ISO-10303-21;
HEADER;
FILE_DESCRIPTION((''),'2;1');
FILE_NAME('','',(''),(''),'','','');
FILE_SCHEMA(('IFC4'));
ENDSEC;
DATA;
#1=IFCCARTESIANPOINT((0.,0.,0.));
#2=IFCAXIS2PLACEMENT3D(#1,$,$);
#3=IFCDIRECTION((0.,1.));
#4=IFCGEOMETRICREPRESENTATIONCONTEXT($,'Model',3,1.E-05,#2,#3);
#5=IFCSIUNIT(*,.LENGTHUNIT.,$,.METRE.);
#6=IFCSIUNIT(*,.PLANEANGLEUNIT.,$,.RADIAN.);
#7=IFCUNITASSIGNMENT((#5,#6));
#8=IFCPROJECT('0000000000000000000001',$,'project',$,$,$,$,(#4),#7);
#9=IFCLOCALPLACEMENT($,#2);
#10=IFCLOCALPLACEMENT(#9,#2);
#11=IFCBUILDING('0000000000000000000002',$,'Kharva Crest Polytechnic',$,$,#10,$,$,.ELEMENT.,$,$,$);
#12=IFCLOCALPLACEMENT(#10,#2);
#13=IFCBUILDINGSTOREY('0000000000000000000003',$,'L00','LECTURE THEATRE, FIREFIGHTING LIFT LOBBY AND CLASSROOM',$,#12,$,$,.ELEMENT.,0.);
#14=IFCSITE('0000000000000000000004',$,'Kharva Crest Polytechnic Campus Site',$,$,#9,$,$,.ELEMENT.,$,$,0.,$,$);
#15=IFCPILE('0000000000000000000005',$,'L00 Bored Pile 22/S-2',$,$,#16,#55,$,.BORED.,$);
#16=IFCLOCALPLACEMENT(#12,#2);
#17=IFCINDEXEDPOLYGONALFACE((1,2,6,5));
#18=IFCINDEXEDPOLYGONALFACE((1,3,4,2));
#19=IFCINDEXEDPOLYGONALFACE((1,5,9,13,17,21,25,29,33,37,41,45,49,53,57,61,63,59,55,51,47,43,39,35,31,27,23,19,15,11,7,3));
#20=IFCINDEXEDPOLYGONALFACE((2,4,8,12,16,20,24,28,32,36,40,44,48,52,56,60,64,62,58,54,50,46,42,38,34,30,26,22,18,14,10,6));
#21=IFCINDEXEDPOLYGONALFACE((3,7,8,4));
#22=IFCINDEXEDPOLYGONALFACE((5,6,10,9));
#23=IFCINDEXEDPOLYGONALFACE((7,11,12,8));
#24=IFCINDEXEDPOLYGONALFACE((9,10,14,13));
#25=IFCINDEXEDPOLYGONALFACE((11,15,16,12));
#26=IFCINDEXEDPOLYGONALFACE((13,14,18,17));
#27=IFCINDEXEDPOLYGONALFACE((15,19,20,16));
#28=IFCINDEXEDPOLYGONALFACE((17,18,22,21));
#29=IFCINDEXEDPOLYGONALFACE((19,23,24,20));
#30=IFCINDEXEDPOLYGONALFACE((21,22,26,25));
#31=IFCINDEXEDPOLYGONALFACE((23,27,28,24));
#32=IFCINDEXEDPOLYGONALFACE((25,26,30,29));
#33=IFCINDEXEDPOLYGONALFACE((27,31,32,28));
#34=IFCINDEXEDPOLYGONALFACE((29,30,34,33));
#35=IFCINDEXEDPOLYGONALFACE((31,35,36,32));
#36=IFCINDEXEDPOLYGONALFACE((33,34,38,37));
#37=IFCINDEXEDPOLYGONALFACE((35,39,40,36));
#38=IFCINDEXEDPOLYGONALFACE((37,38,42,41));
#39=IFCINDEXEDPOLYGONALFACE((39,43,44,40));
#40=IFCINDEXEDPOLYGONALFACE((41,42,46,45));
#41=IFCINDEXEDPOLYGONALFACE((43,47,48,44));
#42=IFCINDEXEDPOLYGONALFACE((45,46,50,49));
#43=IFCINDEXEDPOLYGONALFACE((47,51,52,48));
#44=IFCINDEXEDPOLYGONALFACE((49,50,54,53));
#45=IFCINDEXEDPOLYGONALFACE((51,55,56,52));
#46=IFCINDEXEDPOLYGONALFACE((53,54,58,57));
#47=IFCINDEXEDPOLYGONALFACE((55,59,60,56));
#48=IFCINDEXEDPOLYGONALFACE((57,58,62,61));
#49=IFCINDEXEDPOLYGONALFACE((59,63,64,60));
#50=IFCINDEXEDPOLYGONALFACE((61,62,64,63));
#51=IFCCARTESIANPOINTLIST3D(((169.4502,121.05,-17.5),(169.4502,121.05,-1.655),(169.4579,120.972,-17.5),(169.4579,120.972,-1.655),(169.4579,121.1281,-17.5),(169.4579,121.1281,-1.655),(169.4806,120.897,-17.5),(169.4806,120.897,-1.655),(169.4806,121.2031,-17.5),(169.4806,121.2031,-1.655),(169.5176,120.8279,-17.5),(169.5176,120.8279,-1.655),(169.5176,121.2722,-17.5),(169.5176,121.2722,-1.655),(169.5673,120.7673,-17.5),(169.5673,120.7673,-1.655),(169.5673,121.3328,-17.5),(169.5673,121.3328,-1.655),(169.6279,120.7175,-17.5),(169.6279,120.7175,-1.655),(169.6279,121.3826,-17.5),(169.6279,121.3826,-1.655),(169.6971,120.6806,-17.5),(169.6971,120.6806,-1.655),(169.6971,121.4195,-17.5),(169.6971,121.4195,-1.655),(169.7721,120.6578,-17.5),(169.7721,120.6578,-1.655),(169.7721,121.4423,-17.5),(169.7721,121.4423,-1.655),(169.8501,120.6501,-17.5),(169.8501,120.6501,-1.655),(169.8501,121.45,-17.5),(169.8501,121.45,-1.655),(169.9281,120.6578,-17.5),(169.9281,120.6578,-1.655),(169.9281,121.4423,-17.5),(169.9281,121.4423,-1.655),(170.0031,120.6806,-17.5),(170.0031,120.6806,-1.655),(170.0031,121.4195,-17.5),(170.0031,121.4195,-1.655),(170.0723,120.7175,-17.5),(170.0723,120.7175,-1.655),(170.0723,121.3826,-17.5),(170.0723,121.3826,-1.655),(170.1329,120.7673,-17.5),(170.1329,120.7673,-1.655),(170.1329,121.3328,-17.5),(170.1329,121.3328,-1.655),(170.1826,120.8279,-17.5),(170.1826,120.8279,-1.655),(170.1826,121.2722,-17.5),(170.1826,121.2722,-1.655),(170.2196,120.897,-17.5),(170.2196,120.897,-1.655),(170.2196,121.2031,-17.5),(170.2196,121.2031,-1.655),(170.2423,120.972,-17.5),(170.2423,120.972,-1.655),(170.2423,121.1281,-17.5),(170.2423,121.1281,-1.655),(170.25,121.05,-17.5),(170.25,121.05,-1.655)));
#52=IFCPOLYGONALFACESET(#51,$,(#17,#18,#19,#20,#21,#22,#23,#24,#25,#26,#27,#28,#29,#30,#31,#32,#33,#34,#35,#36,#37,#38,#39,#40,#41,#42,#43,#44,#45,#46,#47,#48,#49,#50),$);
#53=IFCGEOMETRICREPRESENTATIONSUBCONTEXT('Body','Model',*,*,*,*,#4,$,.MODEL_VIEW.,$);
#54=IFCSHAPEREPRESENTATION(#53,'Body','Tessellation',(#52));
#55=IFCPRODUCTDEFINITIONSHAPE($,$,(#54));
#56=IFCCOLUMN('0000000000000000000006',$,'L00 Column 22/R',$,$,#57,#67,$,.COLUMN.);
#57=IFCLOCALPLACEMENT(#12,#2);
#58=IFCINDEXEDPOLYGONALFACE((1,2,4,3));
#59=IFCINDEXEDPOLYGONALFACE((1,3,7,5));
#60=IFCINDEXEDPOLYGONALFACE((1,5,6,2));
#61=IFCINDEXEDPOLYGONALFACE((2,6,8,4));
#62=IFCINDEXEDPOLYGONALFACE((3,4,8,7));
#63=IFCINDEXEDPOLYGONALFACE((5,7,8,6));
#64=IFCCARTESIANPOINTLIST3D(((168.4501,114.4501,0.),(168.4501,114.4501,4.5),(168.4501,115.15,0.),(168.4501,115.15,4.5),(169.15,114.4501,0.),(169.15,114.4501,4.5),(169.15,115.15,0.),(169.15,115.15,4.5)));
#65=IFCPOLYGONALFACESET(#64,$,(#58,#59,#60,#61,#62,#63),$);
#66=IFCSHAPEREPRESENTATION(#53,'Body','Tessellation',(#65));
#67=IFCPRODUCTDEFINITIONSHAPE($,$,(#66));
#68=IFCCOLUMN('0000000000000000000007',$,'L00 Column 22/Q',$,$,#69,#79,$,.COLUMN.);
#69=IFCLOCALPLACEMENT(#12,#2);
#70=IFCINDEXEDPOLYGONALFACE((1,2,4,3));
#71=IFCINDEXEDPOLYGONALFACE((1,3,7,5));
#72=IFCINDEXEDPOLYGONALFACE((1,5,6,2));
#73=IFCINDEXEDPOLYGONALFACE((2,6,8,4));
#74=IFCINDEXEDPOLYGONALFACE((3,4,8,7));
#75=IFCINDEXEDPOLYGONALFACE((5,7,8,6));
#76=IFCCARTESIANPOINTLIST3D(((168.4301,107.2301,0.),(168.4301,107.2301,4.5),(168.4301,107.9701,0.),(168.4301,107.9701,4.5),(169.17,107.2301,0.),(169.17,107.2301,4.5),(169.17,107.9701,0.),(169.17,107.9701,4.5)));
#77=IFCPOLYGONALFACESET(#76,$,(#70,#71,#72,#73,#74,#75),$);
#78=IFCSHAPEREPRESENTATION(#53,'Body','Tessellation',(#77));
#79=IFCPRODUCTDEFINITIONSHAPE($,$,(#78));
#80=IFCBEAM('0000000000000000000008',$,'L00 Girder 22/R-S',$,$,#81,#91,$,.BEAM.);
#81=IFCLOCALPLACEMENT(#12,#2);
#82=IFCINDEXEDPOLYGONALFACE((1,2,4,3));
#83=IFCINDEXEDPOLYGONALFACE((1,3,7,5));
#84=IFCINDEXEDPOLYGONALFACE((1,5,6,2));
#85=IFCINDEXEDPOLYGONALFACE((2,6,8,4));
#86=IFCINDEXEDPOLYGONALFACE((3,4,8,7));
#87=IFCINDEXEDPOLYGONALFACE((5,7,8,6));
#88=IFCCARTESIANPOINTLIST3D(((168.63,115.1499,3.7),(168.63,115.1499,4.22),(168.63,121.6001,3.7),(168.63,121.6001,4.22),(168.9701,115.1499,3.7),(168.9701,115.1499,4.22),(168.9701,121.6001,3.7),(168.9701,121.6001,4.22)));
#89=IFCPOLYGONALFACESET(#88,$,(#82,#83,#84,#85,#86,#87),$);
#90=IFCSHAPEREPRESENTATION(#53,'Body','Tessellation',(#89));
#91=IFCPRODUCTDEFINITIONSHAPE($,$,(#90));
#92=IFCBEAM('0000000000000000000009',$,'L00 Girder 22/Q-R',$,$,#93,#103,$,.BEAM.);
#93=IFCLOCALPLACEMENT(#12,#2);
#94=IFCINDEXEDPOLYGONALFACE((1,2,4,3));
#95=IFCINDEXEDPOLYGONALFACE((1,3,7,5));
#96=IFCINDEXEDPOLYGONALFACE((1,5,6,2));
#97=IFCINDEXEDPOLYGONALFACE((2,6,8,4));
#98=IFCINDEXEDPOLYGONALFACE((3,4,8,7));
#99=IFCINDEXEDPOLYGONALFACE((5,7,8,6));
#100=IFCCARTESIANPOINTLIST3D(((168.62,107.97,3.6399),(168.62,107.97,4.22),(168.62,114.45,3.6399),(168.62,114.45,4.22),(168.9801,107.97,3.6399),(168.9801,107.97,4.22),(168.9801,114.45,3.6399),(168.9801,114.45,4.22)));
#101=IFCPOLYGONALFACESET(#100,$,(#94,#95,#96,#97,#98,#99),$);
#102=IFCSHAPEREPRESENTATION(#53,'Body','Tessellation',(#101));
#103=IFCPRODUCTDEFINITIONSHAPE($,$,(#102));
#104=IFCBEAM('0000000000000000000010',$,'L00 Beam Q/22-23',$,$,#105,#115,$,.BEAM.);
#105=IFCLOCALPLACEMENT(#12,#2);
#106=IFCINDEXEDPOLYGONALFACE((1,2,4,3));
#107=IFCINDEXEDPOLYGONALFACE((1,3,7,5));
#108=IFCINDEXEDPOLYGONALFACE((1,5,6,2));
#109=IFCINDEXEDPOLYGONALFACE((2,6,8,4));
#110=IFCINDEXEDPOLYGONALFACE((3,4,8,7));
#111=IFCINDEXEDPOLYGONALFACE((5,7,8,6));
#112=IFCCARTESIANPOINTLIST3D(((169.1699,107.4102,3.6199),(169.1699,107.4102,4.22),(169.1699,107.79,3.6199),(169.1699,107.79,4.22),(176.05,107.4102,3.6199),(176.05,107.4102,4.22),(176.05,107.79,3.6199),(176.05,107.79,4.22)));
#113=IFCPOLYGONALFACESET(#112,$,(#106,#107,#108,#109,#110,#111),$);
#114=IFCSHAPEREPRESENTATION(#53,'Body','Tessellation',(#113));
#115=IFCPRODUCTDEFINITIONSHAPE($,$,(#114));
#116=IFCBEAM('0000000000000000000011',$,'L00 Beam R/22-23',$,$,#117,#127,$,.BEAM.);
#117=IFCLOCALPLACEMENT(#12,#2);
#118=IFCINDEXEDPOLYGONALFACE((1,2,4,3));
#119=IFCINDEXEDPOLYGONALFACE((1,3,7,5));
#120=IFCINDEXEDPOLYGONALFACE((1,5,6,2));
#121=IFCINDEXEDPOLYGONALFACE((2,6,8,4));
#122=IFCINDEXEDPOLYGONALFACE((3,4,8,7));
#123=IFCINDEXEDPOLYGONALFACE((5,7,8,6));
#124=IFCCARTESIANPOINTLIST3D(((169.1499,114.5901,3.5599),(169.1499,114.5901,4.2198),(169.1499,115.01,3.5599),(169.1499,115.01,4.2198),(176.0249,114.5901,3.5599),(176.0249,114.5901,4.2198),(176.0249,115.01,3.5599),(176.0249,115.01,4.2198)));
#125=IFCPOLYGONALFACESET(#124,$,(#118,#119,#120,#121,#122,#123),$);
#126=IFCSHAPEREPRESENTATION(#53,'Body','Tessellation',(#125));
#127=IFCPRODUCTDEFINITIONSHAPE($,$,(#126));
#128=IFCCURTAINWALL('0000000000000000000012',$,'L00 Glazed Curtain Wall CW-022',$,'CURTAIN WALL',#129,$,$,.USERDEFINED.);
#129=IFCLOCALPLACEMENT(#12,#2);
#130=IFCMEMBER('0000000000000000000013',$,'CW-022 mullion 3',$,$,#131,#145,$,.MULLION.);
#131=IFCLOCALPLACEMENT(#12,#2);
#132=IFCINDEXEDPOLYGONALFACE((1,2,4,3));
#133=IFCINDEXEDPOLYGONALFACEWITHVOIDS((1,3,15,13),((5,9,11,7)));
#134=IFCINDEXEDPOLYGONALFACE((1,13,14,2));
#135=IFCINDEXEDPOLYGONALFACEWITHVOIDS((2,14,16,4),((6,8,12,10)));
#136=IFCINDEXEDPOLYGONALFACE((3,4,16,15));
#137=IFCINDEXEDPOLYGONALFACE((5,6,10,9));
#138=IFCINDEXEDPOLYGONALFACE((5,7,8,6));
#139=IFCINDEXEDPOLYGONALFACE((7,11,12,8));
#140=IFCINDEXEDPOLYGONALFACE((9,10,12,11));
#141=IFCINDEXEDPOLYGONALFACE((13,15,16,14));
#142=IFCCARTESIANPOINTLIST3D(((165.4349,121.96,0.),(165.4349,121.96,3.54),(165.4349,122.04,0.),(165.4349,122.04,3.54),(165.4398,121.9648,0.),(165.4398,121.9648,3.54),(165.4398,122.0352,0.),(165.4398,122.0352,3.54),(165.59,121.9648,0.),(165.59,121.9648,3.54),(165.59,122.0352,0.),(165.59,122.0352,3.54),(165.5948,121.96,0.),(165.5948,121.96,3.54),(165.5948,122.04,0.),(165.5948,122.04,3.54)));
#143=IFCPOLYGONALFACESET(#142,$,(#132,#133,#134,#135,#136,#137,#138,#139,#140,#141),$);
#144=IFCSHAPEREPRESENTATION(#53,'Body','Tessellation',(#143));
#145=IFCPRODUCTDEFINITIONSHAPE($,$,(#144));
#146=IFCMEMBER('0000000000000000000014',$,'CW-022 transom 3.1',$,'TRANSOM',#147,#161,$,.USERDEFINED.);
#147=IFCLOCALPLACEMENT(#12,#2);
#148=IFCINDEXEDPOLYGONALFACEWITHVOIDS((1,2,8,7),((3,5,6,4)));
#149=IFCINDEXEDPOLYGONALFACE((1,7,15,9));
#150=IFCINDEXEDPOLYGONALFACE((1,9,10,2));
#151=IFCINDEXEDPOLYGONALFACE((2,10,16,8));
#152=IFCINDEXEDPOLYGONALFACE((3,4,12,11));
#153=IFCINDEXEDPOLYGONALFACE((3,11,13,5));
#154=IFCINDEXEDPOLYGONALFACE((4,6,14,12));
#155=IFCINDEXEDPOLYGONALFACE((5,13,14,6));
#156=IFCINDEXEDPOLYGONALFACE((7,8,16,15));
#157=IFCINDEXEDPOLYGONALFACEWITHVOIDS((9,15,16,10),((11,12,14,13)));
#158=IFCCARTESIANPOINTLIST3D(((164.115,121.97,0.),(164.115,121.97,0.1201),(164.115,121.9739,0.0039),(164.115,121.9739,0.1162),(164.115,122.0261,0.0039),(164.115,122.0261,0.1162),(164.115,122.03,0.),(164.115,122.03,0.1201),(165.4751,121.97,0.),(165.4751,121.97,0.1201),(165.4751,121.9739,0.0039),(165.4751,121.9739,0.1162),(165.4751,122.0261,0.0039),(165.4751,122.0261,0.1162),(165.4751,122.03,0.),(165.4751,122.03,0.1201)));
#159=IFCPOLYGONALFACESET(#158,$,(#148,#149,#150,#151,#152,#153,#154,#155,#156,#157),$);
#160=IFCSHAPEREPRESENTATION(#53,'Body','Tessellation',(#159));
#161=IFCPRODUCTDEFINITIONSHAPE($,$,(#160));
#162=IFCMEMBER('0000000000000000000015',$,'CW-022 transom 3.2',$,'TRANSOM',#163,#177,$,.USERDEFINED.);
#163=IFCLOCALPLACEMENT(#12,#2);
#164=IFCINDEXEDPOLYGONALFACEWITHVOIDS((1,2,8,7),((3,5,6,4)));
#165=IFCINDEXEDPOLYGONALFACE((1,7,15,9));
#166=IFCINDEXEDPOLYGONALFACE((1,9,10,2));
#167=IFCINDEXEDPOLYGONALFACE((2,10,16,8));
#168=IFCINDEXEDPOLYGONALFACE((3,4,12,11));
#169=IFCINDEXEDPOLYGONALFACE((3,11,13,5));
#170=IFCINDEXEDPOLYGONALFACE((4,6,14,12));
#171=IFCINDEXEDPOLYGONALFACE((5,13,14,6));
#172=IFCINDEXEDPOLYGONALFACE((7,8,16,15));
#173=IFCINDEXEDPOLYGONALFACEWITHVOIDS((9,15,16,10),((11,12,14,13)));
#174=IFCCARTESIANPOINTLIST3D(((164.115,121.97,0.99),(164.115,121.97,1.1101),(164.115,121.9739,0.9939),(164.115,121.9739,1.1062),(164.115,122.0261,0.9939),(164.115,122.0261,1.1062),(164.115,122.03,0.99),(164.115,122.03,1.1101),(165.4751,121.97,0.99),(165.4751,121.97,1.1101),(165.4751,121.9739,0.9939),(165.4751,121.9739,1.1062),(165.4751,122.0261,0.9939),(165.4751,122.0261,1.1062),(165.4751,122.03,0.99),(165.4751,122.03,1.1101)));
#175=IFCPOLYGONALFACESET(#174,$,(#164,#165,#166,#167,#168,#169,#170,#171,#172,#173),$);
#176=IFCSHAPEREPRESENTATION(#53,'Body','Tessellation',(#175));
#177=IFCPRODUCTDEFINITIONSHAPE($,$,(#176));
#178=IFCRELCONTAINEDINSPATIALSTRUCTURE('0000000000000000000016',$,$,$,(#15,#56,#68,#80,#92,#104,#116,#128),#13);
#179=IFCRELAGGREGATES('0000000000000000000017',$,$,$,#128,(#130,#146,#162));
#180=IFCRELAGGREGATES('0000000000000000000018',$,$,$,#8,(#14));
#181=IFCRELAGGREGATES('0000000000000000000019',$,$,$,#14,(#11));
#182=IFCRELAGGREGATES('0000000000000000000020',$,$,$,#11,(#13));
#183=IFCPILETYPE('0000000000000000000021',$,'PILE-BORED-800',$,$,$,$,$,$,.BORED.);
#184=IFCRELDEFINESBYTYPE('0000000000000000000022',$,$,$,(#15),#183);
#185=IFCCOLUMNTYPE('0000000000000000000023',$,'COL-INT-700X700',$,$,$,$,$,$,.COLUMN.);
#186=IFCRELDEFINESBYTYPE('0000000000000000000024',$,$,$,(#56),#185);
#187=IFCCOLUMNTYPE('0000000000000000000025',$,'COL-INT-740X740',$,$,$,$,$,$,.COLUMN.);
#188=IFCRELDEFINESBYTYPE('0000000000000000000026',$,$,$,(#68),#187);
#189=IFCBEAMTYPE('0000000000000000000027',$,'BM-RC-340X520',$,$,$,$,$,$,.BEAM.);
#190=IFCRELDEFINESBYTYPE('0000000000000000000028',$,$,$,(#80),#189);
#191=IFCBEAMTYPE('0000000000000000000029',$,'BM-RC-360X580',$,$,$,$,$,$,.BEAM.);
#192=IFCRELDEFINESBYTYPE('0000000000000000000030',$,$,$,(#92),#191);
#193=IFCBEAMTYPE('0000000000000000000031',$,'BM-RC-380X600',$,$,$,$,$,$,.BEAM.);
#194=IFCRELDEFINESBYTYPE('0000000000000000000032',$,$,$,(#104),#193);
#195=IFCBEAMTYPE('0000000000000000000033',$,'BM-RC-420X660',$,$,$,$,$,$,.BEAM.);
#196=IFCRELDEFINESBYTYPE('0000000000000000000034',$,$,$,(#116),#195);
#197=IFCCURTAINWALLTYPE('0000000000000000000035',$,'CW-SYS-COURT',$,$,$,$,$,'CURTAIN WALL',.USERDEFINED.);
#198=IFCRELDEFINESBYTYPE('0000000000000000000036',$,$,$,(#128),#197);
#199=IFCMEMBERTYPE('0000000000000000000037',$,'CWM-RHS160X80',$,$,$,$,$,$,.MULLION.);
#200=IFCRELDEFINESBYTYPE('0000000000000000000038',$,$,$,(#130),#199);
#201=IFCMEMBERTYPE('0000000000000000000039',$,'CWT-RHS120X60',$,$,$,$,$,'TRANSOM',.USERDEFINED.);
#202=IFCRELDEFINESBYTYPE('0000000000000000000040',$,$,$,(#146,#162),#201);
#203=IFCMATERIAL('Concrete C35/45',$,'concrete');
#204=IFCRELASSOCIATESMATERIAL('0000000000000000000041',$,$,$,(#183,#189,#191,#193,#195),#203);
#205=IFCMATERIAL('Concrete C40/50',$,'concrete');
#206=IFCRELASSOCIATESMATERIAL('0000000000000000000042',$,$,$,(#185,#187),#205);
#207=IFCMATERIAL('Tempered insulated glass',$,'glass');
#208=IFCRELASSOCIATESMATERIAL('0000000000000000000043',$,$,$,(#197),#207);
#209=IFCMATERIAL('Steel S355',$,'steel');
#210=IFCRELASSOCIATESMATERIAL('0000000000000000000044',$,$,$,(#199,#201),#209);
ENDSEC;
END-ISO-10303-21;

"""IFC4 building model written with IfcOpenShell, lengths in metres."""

from ifc_helpers import new_model, si_unit, direction, frame, origin, origin_2d, place, context, subcontext, project, spatial, rectangle, hollow_rectangle, circle, extrude, material, material_profile, profile_set, type_object, element, aggregate, save


model = new_model("IFC4")

# Units and contexts
model_context = context("Model", 3, precision=1e-05, world=origin(), true_north=direction((0.0, 1.0)))
body_context = subcontext(model_context, "Body", "Model", "MODEL_VIEW")
ifc_project = project(units=[si_unit("LENGTHUNIT", "METRE"), si_unit("PLANEANGLEUNIT", "RADIAN")], contexts=[model_context])

# Site, building, storey
site_placement = place(None, origin())
site = spatial("IfcSite", under=ifc_project, at=site_placement, Name="Kharva Crest Polytechnic Campus Site", CompositionType="ELEMENT", RefElevation=0.0)
building_placement = place(site_placement, origin())
building = spatial("IfcBuilding", under=site, at=building_placement, Name="Kharva Crest Polytechnic", CompositionType="ELEMENT")
storey_placement = place(building_placement, origin())
storey = spatial("IfcBuildingStorey", under=building, at=storey_placement, Name="L00", Description="LECTURE THEATRE, FIREFIGHTING LIFT LOBBY AND CLASSROOM", CompositionType="ELEMENT", Elevation=0.0)

# Shared definitions
ifc_material_1 = material(Name="Concrete C35/45", Category="concrete")

# Pile
ifc_material_profile_1 = material_profile(ifc_material_1, circle(Radius=0.3999, at=origin_2d()), Name="DIA 800")
ifc_profile_set_1 = profile_set([ifc_material_profile_1], Name="Concrete C35/45")
pile_type = type_object("IfcPileType", Name="PILE-BORED-800", PredefinedType="BORED", material=ifc_profile_set_1)
for number, where, z_axis, x_axis, name in (
    (1, (169.8501, 121.05, -1.655), (0.0, 0.0, -1.0), (1.0, 0.0, 0.0), "L00 Bored Pile 22/S-2"),
):
    element("IfcPile", number, at=place(storey_placement, frame(where, z_axis=z_axis, x_axis=x_axis)), inside=storey, type_object=pile_type, Name=name, PredefinedType="BORED", context=body_context, shape_type="SweptSolid", body=[
        extrude(circle(Radius=0.3999, at=origin_2d()), origin(), (0.0, 0.0, 1.0), 15.845),
    ])

# Columns
ifc_material_2 = material(Name="Concrete C40/50", Category="concrete")
ifc_material_profile_2 = material_profile(ifc_material_2, rectangle(XDim=0.7, YDim=0.7, at=origin_2d()), Name="RECT 700 X 700")
ifc_profile_set_2 = profile_set([ifc_material_profile_2], Name="Concrete C40/50")
column_type_1 = type_object("IfcColumnType", Name="COL-INT-700X700", PredefinedType="COLUMN", material=ifc_profile_set_2)
column_1_placement = place(storey_placement, frame((168.8, 114.8, 0.0), z_axis=(0.0, 0.0, 1.0), x_axis=(1.0, 0.0, 0.0)))
element("IfcColumn", 2, at=column_1_placement, inside=storey, type_object=column_type_1, Name="L00 Column 22/R", PredefinedType="COLUMN", context=body_context, shape_type="SweptSolid", body=[
    extrude(rectangle(XDim=0.7, YDim=0.7, at=origin_2d()), origin(), (0.0, 0.0, 1.0), 4.5),
])
ifc_material_profile_3 = material_profile(ifc_material_2, rectangle(XDim=0.74, YDim=0.74, at=origin_2d()), Name="RECT 740 X 740")
ifc_profile_set_3 = profile_set([ifc_material_profile_3], Name="Concrete C40/50")
column_type_2 = type_object("IfcColumnType", Name="COL-INT-740X740", PredefinedType="COLUMN", material=ifc_profile_set_3)
column_2_placement = place(storey_placement, frame((168.8, 107.6001, 0.0), z_axis=(0.0, 0.0, 1.0), x_axis=(1.0, 0.0, 0.0)))
element("IfcColumn", 3, at=column_2_placement, inside=storey, type_object=column_type_2, Name="L00 Column 22/Q", PredefinedType="COLUMN", context=body_context, shape_type="SweptSolid", body=[
    extrude(rectangle(XDim=0.74, YDim=0.74, at=origin_2d()), origin(), (0.0, 0.0, 1.0), 4.5),
])

# Beams
ifc_material_profile_4 = material_profile(ifc_material_1, rectangle(XDim=0.3401, YDim=0.52, at=origin_2d()), Name="RECT 340 X 520")
ifc_profile_set_4 = profile_set([ifc_material_profile_4], Name="Concrete C35/45")
beam_type_1 = type_object("IfcBeamType", Name="BM-RC-340X520", PredefinedType="BEAM", material=ifc_profile_set_4)
beam_1_placement = place(storey_placement, frame((168.8, 115.1499, 3.96), z_axis=(0.0, 1.0, 0.0), x_axis=(-1.0, 0.0, 0.0)))
element("IfcBeam", 4, at=beam_1_placement, inside=storey, type_object=beam_type_1, Name="L00 Girder 22/R-S", PredefinedType="BEAM", context=body_context, shape_type="SweptSolid", body=[
    extrude(rectangle(XDim=0.3401, YDim=0.52, at=origin_2d()), origin(), (0.0, 0.0, 1.0), 6.4502),
])
ifc_material_profile_5 = material_profile(ifc_material_1, rectangle(XDim=0.3601, YDim=0.5801, at=origin_2d()), Name="RECT 360 X 580")
ifc_profile_set_5 = profile_set([ifc_material_profile_5], Name="Concrete C35/45")
beam_type_2 = type_object("IfcBeamType", Name="BM-RC-360X580", PredefinedType="BEAM", material=ifc_profile_set_5)
beam_2_placement = place(storey_placement, frame((168.8, 107.97, 3.9299), z_axis=(0.0, 1.0, 0.0), x_axis=(-1.0, 0.0, 0.0)))
element("IfcBeam", 5, at=beam_2_placement, inside=storey, type_object=beam_type_2, Name="L00 Girder 22/Q-R", PredefinedType="BEAM", context=body_context, shape_type="SweptSolid", body=[
    extrude(rectangle(XDim=0.3601, YDim=0.5801, at=origin_2d()), origin(), (0.0, 0.0, 1.0), 6.48),
])
ifc_material_profile_6 = material_profile(ifc_material_1, rectangle(XDim=0.3799, YDim=0.6001, at=origin_2d()), Name="RECT 380 X 600")
ifc_profile_set_6 = profile_set([ifc_material_profile_6], Name="Concrete C35/45")
beam_type_3 = type_object("IfcBeamType", Name="BM-RC-380X600", PredefinedType="BEAM", material=ifc_profile_set_6)
beam_3_placement = place(storey_placement, frame((169.1699, 107.6001, 3.9199), z_axis=(1.0, 0.0, 0.0), x_axis=(0.0, 1.0, 0.0)))
element("IfcBeam", 6, at=beam_3_placement, inside=storey, type_object=beam_type_3, Name="L00 Beam Q/22-23", PredefinedType="BEAM", context=body_context, shape_type="SweptSolid", body=[
    extrude(rectangle(XDim=0.3799, YDim=0.6001, at=origin_2d()), origin(), (0.0, 0.0, 1.0), 6.8801),
])
ifc_material_profile_7 = material_profile(ifc_material_1, rectangle(XDim=0.4199, YDim=0.6599, at=origin_2d()), Name="RECT 420 X 660")
ifc_profile_set_7 = profile_set([ifc_material_profile_7], Name="Concrete C35/45")
beam_type_4 = type_object("IfcBeamType", Name="BM-RC-420X660", PredefinedType="BEAM", material=ifc_profile_set_7)
beam_4_placement = place(storey_placement, frame((169.1499, 114.8, 3.8899), z_axis=(1.0, 0.0, 0.0), x_axis=(0.0, 1.0, 0.0)))
element("IfcBeam", 7, at=beam_4_placement, inside=storey, type_object=beam_type_4, Name="L00 Beam R/22-23", PredefinedType="BEAM", context=body_context, shape_type="SweptSolid", body=[
    extrude(rectangle(XDim=0.4199, YDim=0.6599, at=origin_2d()), origin(), (0.0, 0.0, 1.0), 6.875),
])

# Curtain wall, members
ifc_material_3 = material(Name="Tempered insulated glass", Category="glass")
curtain_wall_type = type_object("IfcCurtainWallType", Name="CW-SYS-COURT", ElementType="CURTAIN WALL", PredefinedType="USERDEFINED", material=ifc_material_3)
curtain_wall_placement = place(storey_placement, origin())
curtain_wall = element("IfcCurtainWall", 8, at=curtain_wall_placement, inside=storey, type_object=curtain_wall_type, Name="L00 Glazed Curtain Wall CW-022", ObjectType="CURTAIN WALL", PredefinedType="USERDEFINED")
ifc_material_4 = material(Name="Steel S355", Category="steel")
ifc_material_profile_8 = material_profile(ifc_material_4, hollow_rectangle(XDim=0.0801, YDim=0.1599, WallThickness=0.0049, at=origin_2d()), Name="RHS 160X80X5.0")
ifc_profile_set_8 = profile_set([ifc_material_profile_8], Name="Steel S355")
member_type_1 = type_object("IfcMemberType", Name="CWM-RHS160X80", PredefinedType="MULLION", material=ifc_profile_set_8)
member_1_placement = place(storey_placement, frame((165.5149, 122.0, 0.0), z_axis=(0.0, 0.0, 1.0), x_axis=(0.0, -1.0, 0.0)))
member_1 = element("IfcMember", 9, at=member_1_placement, type_object=member_type_1, Name="CW-022 mullion 3", PredefinedType="MULLION", context=body_context, shape_type="SweptSolid", body=[
    extrude(hollow_rectangle(XDim=0.0801, YDim=0.1599, WallThickness=0.0049, at=origin_2d()), origin(), (0.0, 0.0, 1.0), 3.54),
])
ifc_material_profile_9 = material_profile(ifc_material_4, hollow_rectangle(XDim=0.0601, YDim=0.1201, WallThickness=0.0039, at=origin_2d()), Name="RHS 120X60X4.0")
ifc_profile_set_9 = profile_set([ifc_material_profile_9], Name="Steel S355")
member_type_2 = type_object("IfcMemberType", Name="CWT-RHS120X60", ElementType="TRANSOM", PredefinedType="USERDEFINED", material=ifc_profile_set_9)
member_2_placement = place(storey_placement, frame((165.4751, 122.0, 0.0601), z_axis=(-1.0, 0.0, 0.0), x_axis=(0.0, -1.0, 0.0)))
member_2 = element("IfcMember", 10, at=member_2_placement, type_object=member_type_2, Name="CW-022 transom 3.1", ObjectType="TRANSOM", PredefinedType="USERDEFINED", context=body_context, shape_type="SweptSolid", body=[
    extrude(hollow_rectangle(XDim=0.0601, YDim=0.1201, WallThickness=0.0039, at=origin_2d()), origin(), (0.0, 0.0, 1.0), 1.3601),
])
member_3_placement = place(storey_placement, frame((165.4751, 122.0, 1.05), z_axis=(-1.0, 0.0, 0.0), x_axis=(0.0, -1.0, 0.0)))
member_3 = element("IfcMember", 11, at=member_3_placement, type_object=member_type_2, Name="CW-022 transom 3.2", ObjectType="TRANSOM", PredefinedType="USERDEFINED", context=body_context, shape_type="SweptSolid", body=[
    extrude(hollow_rectangle(XDim=0.0601, YDim=0.1201, WallThickness=0.0039, at=origin_2d()), origin(), (0.0, 0.0, 1.0), 1.3601),
])

aggregate(curtain_wall, [member_1, member_2, member_3])

save(model, "model.ifc")
